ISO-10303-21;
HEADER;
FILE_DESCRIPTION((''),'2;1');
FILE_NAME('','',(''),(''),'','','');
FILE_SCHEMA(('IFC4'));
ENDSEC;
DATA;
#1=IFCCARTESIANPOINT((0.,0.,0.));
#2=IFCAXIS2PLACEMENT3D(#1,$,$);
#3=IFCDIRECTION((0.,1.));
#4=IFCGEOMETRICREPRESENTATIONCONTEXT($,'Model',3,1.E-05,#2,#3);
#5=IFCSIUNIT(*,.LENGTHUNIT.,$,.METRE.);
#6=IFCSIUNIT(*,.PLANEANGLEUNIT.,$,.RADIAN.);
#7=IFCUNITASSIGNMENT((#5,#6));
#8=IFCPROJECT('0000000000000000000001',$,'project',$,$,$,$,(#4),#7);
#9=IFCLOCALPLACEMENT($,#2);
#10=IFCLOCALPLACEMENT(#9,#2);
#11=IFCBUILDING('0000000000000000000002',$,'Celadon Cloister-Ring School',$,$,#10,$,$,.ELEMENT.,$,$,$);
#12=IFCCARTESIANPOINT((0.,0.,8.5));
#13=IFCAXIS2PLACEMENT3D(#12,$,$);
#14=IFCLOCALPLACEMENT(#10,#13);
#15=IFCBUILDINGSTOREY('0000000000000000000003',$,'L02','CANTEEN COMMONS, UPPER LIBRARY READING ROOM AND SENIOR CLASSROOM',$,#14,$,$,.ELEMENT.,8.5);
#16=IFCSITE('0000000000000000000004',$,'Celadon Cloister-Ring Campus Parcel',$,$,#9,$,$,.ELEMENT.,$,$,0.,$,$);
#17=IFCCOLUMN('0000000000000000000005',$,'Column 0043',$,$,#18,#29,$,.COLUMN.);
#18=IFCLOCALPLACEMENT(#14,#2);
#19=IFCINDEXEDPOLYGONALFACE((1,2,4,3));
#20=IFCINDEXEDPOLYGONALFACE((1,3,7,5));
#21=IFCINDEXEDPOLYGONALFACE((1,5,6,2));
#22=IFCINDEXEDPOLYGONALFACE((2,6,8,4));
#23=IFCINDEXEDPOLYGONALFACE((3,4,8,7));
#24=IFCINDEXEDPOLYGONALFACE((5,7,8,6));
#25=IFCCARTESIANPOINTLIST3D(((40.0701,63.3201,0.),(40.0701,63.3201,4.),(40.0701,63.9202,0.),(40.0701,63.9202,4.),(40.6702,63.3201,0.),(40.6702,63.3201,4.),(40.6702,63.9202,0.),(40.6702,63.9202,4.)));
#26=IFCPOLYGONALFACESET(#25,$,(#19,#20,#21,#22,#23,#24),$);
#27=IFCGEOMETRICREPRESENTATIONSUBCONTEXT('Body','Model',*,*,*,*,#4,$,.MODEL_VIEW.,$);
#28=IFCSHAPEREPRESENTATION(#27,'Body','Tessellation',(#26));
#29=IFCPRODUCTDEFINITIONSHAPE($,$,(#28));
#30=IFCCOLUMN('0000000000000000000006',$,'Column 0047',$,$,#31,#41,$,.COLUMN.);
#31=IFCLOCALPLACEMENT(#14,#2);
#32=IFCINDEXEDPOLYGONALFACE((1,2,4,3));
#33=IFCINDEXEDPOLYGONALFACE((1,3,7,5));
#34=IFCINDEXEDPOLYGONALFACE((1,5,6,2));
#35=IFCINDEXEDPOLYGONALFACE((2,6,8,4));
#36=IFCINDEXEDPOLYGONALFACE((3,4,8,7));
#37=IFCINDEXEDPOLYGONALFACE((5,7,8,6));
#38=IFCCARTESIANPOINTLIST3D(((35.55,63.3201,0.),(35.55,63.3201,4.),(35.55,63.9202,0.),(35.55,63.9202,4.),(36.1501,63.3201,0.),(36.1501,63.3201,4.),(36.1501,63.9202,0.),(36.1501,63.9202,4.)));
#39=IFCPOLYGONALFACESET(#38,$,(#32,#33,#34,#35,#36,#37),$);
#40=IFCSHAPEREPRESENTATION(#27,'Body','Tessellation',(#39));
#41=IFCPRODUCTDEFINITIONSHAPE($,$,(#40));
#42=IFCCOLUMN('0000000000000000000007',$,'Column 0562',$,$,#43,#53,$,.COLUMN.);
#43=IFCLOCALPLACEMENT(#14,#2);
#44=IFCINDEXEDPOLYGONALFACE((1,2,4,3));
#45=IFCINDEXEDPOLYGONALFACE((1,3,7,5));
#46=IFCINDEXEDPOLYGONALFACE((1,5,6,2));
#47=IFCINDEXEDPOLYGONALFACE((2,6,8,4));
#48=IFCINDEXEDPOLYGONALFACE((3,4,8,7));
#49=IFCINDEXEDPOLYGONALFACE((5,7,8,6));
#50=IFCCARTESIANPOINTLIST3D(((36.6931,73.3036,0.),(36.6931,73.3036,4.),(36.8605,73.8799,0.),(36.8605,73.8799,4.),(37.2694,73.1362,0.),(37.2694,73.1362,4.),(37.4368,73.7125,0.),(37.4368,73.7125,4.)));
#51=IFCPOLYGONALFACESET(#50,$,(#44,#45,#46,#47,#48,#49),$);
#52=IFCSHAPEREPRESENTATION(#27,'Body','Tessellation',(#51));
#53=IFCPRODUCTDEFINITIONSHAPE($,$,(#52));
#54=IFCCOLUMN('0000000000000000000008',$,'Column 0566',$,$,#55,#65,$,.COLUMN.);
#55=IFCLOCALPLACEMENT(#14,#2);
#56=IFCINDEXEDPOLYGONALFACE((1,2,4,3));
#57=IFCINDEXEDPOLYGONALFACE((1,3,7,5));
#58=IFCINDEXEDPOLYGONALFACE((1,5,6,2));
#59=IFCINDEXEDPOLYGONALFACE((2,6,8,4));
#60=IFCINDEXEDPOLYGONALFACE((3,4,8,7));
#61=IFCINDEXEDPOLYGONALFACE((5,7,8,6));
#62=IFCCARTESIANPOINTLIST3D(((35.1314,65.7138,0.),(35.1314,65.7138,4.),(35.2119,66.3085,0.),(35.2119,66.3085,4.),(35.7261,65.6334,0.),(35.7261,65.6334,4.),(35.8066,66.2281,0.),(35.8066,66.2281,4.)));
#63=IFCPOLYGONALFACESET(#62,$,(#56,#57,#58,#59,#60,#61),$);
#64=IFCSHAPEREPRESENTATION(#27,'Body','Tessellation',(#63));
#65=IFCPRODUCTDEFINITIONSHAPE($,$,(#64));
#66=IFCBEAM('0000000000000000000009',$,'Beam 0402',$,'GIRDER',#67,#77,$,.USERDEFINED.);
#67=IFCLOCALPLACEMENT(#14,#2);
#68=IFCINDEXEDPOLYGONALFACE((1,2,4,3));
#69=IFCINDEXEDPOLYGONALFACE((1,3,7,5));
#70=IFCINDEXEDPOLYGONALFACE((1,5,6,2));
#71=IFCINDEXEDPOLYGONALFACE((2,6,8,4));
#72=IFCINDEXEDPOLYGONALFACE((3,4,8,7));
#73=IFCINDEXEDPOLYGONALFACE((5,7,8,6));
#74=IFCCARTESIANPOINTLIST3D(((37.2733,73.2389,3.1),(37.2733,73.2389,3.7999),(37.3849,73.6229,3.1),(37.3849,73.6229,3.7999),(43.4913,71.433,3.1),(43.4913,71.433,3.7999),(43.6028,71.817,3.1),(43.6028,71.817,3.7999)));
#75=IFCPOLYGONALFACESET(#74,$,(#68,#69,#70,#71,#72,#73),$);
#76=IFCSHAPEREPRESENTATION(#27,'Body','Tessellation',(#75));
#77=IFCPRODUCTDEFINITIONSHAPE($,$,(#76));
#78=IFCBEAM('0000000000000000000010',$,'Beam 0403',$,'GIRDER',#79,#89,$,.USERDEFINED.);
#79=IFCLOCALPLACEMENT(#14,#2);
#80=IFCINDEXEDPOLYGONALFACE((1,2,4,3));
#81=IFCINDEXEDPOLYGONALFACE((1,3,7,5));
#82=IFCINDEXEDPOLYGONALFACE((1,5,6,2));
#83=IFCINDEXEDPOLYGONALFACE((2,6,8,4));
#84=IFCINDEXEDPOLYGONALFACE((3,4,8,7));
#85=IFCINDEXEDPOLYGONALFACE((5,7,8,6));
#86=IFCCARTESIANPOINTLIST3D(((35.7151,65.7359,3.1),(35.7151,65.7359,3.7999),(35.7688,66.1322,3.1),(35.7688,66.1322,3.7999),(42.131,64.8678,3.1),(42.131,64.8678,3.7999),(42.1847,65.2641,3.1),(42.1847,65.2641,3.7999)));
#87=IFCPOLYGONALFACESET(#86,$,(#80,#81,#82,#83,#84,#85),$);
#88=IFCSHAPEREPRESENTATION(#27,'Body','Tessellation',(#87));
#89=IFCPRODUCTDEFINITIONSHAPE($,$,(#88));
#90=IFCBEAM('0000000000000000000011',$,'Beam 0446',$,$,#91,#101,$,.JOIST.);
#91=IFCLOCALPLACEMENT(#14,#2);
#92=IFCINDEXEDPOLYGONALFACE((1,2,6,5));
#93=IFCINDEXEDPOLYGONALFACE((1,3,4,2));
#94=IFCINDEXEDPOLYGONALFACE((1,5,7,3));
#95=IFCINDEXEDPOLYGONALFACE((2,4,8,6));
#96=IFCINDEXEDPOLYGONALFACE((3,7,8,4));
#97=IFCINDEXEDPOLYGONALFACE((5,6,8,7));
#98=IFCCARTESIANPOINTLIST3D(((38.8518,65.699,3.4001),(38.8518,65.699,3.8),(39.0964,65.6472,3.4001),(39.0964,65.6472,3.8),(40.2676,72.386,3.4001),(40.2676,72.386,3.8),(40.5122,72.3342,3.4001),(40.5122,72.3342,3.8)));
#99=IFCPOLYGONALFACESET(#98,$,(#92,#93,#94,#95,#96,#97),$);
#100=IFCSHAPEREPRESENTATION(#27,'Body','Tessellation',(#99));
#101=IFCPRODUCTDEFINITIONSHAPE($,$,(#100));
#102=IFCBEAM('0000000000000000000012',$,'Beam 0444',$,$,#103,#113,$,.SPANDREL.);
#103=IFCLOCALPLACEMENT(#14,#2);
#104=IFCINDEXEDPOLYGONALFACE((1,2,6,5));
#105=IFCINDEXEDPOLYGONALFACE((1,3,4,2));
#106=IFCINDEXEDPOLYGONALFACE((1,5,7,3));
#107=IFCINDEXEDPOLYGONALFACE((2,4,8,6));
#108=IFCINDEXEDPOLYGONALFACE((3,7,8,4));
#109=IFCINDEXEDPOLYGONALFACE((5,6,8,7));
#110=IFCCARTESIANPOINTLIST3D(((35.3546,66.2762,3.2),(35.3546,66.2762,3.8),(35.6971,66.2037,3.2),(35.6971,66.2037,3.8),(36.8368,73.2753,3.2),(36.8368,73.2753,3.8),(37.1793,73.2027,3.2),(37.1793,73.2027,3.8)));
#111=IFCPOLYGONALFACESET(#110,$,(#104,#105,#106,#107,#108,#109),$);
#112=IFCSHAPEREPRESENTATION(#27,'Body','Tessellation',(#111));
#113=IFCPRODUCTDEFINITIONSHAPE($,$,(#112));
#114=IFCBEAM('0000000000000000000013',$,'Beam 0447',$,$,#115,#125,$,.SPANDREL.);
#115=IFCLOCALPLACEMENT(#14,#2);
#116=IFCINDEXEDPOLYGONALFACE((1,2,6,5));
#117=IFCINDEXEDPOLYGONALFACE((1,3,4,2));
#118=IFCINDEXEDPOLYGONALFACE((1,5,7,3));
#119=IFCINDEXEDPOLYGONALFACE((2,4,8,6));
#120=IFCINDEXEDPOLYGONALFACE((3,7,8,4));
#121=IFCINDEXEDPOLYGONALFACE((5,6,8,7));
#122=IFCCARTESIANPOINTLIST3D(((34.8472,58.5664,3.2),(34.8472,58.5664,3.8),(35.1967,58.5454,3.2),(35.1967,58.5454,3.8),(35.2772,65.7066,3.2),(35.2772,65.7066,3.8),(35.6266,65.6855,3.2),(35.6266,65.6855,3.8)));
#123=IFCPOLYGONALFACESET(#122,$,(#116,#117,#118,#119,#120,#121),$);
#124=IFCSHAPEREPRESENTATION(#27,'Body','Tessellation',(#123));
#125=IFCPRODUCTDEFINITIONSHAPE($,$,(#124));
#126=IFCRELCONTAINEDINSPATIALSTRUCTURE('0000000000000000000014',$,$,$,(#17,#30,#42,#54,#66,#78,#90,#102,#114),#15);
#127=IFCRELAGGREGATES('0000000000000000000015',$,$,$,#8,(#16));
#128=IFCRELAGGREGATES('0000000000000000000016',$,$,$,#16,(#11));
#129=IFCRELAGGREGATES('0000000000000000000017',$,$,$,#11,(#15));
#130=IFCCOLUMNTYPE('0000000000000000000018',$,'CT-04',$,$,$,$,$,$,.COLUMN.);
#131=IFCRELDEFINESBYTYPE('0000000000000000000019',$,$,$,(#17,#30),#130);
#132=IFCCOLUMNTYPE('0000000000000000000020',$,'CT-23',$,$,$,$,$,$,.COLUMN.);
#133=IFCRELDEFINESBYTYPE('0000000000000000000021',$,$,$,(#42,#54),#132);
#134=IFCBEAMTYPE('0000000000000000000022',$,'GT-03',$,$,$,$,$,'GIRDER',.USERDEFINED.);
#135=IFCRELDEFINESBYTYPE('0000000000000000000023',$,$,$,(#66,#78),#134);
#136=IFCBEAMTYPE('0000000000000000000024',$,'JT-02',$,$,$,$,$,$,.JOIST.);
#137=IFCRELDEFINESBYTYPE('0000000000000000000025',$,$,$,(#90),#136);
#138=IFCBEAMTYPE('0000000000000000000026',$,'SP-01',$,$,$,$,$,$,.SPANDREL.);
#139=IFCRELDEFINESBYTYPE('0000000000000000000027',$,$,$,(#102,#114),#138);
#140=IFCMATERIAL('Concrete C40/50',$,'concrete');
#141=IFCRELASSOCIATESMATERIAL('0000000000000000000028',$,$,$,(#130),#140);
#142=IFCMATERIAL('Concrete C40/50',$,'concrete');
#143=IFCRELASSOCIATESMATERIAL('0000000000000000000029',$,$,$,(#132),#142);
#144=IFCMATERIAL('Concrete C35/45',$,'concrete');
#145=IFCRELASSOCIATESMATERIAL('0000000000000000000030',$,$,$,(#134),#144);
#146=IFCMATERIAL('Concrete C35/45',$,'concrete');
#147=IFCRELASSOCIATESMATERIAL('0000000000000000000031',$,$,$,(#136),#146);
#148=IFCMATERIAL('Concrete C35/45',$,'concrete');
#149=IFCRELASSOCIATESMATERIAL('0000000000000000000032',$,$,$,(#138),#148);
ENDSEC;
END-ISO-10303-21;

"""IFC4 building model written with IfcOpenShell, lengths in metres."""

from ifc_helpers import new_model, si_unit, direction, frame, origin, origin_2d, place, context, subcontext, project, spatial, rectangle, extrude, material, material_profile, profile_set, type_object, element, save


model = new_model("IFC4")

# Units and contexts
model_context = context("Model", 3, precision=1e-05, world=origin(), true_north=direction((0.0, 1.0)))
body_context = subcontext(model_context, "Body", "Model", "MODEL_VIEW")
ifc_project = project(units=[si_unit("LENGTHUNIT", "METRE"), si_unit("PLANEANGLEUNIT", "RADIAN")], contexts=[model_context])

# Site, building, storey
site_placement = place(None, origin())
site = spatial("IfcSite", under=ifc_project, at=site_placement, Name="Celadon Cloister-Ring Campus Parcel", CompositionType="ELEMENT", RefElevation=0.0)
building_placement = place(site_placement, origin())
building = spatial("IfcBuilding", under=site, at=building_placement, Name="Celadon Cloister-Ring School", CompositionType="ELEMENT")
storey_placement = place(building_placement, frame((0.0, 0.0, 8.5)))
storey = spatial("IfcBuildingStorey", under=building, at=storey_placement, Name="L02", Description="CANTEEN COMMONS, UPPER LIBRARY READING ROOM AND SENIOR CLASSROOM", CompositionType="ELEMENT", Elevation=8.5)

# Columns
ifc_material_1 = material(Name="Concrete C40/50", Category="concrete")
ifc_material_profile_1 = material_profile(ifc_material_1, rectangle(XDim=0.6001, YDim=0.6001, at=origin_2d()), Name="RC600X600")
ifc_profile_set_1 = profile_set([ifc_material_profile_1], Name="Concrete C40/50")
column_type_1 = type_object("IfcColumnType", Name="CT-04", PredefinedType="COLUMN", material=ifc_profile_set_1)
for number, where, z_axis, x_axis, name in (
    (1, (40.3701, 63.6201, 0.0), (0.0, 0.0, 1.0), (1.0, 0.0, 0.0), "Column 0043"),
    (2, (35.8501, 63.6201, 0.0), (0.0, 0.0, 1.0), (1.0, 0.0, 0.0), "Column 0047"),
):
    element("IfcColumn", number, at=place(storey_placement, frame(where, z_axis=z_axis, x_axis=x_axis)), inside=storey, type_object=column_type_1, Name=name, PredefinedType="COLUMN", context=body_context, shape_type="SweptSolid", body=[
        extrude(rectangle(XDim=0.6001, YDim=0.6001, at=origin_2d()), origin(), (0.0, 0.0, 1.0), 4.0),
    ])
ifc_material_2 = material(Name="Concrete C40/50", Category="concrete")
ifc_material_profile_2 = material_profile(ifc_material_2, rectangle(XDim=0.6001, YDim=0.6001, at=origin_2d()), Name="RC600X600")
ifc_profile_set_2 = profile_set([ifc_material_profile_2], Name="Concrete C40/50")
column_type_2 = type_object("IfcColumnType", Name="CT-23", PredefinedType="COLUMN", material=ifc_profile_set_2)
for number, where, z_axis, x_axis, name in (
    (3, (37.0649, 73.5081, 0.0), (0.0, 0.0, 1.0), (-0.960294, 0.278991, 0.0), "Column 0562"),
    (4, (35.469, 65.9709, 0.0), (0.0, 0.0, 1.0), (-0.990974, 0.134055, 0.0), "Column 0566"),
):
    element("IfcColumn", number, at=place(storey_placement, frame(where, z_axis=z_axis, x_axis=x_axis)), inside=storey, type_object=column_type_2, Name=name, PredefinedType="COLUMN", context=body_context, shape_type="SweptSolid", body=[
        extrude(rectangle(XDim=0.6001, YDim=0.6001, at=origin_2d()), origin(), (0.0, 0.0, 1.0), 4.0),
    ])

# Beams
ifc_material_3 = material(Name="Concrete C35/45", Category="concrete")
ifc_material_profile_3 = material_profile(ifc_material_3, rectangle(XDim=0.3999, YDim=0.7, at=origin_2d()), Name="RC400X700")
ifc_profile_set_3 = profile_set([ifc_material_profile_3], Name="Concrete C35/45")
beam_type_1 = type_object("IfcBeamType", Name="GT-03", ElementType="GIRDER", PredefinedType="USERDEFINED", material=ifc_profile_set_3)
beam_1_placement = place(storey_placement, frame((37.3291, 73.4309, 3.45), z_axis=(0.960318, -0.278907, 0.0), x_axis=(0.278907, 0.960318, 0.0)))
element("IfcBeam", 5, at=beam_1_placement, inside=storey, type_object=beam_type_1, Name="Beam 0402", ObjectType="GIRDER", PredefinedType="USERDEFINED", context=body_context, shape_type="SweptSolid", body=[
    extrude(rectangle(XDim=0.3999, YDim=0.7, at=origin_2d()), origin(), (0.0, 0.0, 1.0), 6.4749),
])
beam_2_placement = place(storey_placement, frame((35.7419, 65.9341, 3.45), z_axis=(0.990969, -0.13409, 0.0), x_axis=(0.13409, 0.990969, 0.0)))
element("IfcBeam", 6, at=beam_2_placement, inside=storey, type_object=beam_type_1, Name="Beam 0403", ObjectType="GIRDER", PredefinedType="USERDEFINED", context=body_context, shape_type="SweptSolid", body=[
    extrude(rectangle(XDim=0.3999, YDim=0.7, at=origin_2d()), origin(), (0.0, 0.0, 1.0), 6.4744),
])
ifc_material_4 = material(Name="Concrete C35/45", Category="concrete")
ifc_material_profile_4 = material_profile(ifc_material_4, rectangle(XDim=0.25, YDim=0.3999, at=origin_2d()), Name="RC250X400")
ifc_profile_set_4 = profile_set([ifc_material_profile_4], Name="Concrete C35/45")
beam_type_2 = type_object("IfcBeamType", Name="JT-02", PredefinedType="JOIST", material=ifc_profile_set_4)
beam_3_placement = place(storey_placement, frame((40.3899, 72.3601, 3.6001), z_axis=(-0.207128, -0.978314, 0.0), x_axis=(0.978314, -0.207128, 0.0)))
element("IfcBeam", 7, at=beam_3_placement, inside=storey, type_object=beam_type_2, Name="Beam 0446", PredefinedType="JOIST", context=body_context, shape_type="SweptSolid", body=[
    extrude(rectangle(XDim=0.25, YDim=0.3999, at=origin_2d()), origin(), (0.0, 0.0, 1.0), 6.8352),
])
ifc_material_5 = material(Name="Concrete C35/45", Category="concrete")
ifc_material_profile_5 = material_profile(ifc_material_5, rectangle(XDim=0.3501, YDim=0.6001, at=origin_2d()), Name="RC350X600")
ifc_profile_set_5 = profile_set([ifc_material_profile_5], Name="Concrete C35/45")
beam_type_3 = type_object("IfcBeamType", Name="SP-01", PredefinedType="SPANDREL", material=ifc_profile_set_5)
beam_4_placement = place(storey_placement, frame((37.0081, 73.239, 3.5), z_axis=(-0.207175, -0.978304, 0.0), x_axis=(0.978304, -0.207175, 0.0)))
element("IfcBeam", 8, at=beam_4_placement, inside=storey, type_object=beam_type_3, Name="Beam 0444", PredefinedType="SPANDREL", context=body_context, shape_type="SweptSolid", body=[
    extrude(rectangle(XDim=0.3501, YDim=0.6001, at=origin_2d()), origin(), (0.0, 0.0, 1.0), 7.1543),
])
beam_5_placement = place(storey_placement, frame((35.4519, 65.696, 3.5), z_axis=(-0.060105, -0.998192, 0.0), x_axis=(0.998192, -0.060105, 0.0)))
element("IfcBeam", 9, at=beam_5_placement, inside=storey, type_object=beam_type_3, Name="Beam 0447", PredefinedType="SPANDREL", context=body_context, shape_type="SweptSolid", body=[
    extrude(rectangle(XDim=0.3501, YDim=0.6001, at=origin_2d()), origin(), (0.0, 0.0, 1.0), 7.1531),
])

save(model, "model.ifc")
